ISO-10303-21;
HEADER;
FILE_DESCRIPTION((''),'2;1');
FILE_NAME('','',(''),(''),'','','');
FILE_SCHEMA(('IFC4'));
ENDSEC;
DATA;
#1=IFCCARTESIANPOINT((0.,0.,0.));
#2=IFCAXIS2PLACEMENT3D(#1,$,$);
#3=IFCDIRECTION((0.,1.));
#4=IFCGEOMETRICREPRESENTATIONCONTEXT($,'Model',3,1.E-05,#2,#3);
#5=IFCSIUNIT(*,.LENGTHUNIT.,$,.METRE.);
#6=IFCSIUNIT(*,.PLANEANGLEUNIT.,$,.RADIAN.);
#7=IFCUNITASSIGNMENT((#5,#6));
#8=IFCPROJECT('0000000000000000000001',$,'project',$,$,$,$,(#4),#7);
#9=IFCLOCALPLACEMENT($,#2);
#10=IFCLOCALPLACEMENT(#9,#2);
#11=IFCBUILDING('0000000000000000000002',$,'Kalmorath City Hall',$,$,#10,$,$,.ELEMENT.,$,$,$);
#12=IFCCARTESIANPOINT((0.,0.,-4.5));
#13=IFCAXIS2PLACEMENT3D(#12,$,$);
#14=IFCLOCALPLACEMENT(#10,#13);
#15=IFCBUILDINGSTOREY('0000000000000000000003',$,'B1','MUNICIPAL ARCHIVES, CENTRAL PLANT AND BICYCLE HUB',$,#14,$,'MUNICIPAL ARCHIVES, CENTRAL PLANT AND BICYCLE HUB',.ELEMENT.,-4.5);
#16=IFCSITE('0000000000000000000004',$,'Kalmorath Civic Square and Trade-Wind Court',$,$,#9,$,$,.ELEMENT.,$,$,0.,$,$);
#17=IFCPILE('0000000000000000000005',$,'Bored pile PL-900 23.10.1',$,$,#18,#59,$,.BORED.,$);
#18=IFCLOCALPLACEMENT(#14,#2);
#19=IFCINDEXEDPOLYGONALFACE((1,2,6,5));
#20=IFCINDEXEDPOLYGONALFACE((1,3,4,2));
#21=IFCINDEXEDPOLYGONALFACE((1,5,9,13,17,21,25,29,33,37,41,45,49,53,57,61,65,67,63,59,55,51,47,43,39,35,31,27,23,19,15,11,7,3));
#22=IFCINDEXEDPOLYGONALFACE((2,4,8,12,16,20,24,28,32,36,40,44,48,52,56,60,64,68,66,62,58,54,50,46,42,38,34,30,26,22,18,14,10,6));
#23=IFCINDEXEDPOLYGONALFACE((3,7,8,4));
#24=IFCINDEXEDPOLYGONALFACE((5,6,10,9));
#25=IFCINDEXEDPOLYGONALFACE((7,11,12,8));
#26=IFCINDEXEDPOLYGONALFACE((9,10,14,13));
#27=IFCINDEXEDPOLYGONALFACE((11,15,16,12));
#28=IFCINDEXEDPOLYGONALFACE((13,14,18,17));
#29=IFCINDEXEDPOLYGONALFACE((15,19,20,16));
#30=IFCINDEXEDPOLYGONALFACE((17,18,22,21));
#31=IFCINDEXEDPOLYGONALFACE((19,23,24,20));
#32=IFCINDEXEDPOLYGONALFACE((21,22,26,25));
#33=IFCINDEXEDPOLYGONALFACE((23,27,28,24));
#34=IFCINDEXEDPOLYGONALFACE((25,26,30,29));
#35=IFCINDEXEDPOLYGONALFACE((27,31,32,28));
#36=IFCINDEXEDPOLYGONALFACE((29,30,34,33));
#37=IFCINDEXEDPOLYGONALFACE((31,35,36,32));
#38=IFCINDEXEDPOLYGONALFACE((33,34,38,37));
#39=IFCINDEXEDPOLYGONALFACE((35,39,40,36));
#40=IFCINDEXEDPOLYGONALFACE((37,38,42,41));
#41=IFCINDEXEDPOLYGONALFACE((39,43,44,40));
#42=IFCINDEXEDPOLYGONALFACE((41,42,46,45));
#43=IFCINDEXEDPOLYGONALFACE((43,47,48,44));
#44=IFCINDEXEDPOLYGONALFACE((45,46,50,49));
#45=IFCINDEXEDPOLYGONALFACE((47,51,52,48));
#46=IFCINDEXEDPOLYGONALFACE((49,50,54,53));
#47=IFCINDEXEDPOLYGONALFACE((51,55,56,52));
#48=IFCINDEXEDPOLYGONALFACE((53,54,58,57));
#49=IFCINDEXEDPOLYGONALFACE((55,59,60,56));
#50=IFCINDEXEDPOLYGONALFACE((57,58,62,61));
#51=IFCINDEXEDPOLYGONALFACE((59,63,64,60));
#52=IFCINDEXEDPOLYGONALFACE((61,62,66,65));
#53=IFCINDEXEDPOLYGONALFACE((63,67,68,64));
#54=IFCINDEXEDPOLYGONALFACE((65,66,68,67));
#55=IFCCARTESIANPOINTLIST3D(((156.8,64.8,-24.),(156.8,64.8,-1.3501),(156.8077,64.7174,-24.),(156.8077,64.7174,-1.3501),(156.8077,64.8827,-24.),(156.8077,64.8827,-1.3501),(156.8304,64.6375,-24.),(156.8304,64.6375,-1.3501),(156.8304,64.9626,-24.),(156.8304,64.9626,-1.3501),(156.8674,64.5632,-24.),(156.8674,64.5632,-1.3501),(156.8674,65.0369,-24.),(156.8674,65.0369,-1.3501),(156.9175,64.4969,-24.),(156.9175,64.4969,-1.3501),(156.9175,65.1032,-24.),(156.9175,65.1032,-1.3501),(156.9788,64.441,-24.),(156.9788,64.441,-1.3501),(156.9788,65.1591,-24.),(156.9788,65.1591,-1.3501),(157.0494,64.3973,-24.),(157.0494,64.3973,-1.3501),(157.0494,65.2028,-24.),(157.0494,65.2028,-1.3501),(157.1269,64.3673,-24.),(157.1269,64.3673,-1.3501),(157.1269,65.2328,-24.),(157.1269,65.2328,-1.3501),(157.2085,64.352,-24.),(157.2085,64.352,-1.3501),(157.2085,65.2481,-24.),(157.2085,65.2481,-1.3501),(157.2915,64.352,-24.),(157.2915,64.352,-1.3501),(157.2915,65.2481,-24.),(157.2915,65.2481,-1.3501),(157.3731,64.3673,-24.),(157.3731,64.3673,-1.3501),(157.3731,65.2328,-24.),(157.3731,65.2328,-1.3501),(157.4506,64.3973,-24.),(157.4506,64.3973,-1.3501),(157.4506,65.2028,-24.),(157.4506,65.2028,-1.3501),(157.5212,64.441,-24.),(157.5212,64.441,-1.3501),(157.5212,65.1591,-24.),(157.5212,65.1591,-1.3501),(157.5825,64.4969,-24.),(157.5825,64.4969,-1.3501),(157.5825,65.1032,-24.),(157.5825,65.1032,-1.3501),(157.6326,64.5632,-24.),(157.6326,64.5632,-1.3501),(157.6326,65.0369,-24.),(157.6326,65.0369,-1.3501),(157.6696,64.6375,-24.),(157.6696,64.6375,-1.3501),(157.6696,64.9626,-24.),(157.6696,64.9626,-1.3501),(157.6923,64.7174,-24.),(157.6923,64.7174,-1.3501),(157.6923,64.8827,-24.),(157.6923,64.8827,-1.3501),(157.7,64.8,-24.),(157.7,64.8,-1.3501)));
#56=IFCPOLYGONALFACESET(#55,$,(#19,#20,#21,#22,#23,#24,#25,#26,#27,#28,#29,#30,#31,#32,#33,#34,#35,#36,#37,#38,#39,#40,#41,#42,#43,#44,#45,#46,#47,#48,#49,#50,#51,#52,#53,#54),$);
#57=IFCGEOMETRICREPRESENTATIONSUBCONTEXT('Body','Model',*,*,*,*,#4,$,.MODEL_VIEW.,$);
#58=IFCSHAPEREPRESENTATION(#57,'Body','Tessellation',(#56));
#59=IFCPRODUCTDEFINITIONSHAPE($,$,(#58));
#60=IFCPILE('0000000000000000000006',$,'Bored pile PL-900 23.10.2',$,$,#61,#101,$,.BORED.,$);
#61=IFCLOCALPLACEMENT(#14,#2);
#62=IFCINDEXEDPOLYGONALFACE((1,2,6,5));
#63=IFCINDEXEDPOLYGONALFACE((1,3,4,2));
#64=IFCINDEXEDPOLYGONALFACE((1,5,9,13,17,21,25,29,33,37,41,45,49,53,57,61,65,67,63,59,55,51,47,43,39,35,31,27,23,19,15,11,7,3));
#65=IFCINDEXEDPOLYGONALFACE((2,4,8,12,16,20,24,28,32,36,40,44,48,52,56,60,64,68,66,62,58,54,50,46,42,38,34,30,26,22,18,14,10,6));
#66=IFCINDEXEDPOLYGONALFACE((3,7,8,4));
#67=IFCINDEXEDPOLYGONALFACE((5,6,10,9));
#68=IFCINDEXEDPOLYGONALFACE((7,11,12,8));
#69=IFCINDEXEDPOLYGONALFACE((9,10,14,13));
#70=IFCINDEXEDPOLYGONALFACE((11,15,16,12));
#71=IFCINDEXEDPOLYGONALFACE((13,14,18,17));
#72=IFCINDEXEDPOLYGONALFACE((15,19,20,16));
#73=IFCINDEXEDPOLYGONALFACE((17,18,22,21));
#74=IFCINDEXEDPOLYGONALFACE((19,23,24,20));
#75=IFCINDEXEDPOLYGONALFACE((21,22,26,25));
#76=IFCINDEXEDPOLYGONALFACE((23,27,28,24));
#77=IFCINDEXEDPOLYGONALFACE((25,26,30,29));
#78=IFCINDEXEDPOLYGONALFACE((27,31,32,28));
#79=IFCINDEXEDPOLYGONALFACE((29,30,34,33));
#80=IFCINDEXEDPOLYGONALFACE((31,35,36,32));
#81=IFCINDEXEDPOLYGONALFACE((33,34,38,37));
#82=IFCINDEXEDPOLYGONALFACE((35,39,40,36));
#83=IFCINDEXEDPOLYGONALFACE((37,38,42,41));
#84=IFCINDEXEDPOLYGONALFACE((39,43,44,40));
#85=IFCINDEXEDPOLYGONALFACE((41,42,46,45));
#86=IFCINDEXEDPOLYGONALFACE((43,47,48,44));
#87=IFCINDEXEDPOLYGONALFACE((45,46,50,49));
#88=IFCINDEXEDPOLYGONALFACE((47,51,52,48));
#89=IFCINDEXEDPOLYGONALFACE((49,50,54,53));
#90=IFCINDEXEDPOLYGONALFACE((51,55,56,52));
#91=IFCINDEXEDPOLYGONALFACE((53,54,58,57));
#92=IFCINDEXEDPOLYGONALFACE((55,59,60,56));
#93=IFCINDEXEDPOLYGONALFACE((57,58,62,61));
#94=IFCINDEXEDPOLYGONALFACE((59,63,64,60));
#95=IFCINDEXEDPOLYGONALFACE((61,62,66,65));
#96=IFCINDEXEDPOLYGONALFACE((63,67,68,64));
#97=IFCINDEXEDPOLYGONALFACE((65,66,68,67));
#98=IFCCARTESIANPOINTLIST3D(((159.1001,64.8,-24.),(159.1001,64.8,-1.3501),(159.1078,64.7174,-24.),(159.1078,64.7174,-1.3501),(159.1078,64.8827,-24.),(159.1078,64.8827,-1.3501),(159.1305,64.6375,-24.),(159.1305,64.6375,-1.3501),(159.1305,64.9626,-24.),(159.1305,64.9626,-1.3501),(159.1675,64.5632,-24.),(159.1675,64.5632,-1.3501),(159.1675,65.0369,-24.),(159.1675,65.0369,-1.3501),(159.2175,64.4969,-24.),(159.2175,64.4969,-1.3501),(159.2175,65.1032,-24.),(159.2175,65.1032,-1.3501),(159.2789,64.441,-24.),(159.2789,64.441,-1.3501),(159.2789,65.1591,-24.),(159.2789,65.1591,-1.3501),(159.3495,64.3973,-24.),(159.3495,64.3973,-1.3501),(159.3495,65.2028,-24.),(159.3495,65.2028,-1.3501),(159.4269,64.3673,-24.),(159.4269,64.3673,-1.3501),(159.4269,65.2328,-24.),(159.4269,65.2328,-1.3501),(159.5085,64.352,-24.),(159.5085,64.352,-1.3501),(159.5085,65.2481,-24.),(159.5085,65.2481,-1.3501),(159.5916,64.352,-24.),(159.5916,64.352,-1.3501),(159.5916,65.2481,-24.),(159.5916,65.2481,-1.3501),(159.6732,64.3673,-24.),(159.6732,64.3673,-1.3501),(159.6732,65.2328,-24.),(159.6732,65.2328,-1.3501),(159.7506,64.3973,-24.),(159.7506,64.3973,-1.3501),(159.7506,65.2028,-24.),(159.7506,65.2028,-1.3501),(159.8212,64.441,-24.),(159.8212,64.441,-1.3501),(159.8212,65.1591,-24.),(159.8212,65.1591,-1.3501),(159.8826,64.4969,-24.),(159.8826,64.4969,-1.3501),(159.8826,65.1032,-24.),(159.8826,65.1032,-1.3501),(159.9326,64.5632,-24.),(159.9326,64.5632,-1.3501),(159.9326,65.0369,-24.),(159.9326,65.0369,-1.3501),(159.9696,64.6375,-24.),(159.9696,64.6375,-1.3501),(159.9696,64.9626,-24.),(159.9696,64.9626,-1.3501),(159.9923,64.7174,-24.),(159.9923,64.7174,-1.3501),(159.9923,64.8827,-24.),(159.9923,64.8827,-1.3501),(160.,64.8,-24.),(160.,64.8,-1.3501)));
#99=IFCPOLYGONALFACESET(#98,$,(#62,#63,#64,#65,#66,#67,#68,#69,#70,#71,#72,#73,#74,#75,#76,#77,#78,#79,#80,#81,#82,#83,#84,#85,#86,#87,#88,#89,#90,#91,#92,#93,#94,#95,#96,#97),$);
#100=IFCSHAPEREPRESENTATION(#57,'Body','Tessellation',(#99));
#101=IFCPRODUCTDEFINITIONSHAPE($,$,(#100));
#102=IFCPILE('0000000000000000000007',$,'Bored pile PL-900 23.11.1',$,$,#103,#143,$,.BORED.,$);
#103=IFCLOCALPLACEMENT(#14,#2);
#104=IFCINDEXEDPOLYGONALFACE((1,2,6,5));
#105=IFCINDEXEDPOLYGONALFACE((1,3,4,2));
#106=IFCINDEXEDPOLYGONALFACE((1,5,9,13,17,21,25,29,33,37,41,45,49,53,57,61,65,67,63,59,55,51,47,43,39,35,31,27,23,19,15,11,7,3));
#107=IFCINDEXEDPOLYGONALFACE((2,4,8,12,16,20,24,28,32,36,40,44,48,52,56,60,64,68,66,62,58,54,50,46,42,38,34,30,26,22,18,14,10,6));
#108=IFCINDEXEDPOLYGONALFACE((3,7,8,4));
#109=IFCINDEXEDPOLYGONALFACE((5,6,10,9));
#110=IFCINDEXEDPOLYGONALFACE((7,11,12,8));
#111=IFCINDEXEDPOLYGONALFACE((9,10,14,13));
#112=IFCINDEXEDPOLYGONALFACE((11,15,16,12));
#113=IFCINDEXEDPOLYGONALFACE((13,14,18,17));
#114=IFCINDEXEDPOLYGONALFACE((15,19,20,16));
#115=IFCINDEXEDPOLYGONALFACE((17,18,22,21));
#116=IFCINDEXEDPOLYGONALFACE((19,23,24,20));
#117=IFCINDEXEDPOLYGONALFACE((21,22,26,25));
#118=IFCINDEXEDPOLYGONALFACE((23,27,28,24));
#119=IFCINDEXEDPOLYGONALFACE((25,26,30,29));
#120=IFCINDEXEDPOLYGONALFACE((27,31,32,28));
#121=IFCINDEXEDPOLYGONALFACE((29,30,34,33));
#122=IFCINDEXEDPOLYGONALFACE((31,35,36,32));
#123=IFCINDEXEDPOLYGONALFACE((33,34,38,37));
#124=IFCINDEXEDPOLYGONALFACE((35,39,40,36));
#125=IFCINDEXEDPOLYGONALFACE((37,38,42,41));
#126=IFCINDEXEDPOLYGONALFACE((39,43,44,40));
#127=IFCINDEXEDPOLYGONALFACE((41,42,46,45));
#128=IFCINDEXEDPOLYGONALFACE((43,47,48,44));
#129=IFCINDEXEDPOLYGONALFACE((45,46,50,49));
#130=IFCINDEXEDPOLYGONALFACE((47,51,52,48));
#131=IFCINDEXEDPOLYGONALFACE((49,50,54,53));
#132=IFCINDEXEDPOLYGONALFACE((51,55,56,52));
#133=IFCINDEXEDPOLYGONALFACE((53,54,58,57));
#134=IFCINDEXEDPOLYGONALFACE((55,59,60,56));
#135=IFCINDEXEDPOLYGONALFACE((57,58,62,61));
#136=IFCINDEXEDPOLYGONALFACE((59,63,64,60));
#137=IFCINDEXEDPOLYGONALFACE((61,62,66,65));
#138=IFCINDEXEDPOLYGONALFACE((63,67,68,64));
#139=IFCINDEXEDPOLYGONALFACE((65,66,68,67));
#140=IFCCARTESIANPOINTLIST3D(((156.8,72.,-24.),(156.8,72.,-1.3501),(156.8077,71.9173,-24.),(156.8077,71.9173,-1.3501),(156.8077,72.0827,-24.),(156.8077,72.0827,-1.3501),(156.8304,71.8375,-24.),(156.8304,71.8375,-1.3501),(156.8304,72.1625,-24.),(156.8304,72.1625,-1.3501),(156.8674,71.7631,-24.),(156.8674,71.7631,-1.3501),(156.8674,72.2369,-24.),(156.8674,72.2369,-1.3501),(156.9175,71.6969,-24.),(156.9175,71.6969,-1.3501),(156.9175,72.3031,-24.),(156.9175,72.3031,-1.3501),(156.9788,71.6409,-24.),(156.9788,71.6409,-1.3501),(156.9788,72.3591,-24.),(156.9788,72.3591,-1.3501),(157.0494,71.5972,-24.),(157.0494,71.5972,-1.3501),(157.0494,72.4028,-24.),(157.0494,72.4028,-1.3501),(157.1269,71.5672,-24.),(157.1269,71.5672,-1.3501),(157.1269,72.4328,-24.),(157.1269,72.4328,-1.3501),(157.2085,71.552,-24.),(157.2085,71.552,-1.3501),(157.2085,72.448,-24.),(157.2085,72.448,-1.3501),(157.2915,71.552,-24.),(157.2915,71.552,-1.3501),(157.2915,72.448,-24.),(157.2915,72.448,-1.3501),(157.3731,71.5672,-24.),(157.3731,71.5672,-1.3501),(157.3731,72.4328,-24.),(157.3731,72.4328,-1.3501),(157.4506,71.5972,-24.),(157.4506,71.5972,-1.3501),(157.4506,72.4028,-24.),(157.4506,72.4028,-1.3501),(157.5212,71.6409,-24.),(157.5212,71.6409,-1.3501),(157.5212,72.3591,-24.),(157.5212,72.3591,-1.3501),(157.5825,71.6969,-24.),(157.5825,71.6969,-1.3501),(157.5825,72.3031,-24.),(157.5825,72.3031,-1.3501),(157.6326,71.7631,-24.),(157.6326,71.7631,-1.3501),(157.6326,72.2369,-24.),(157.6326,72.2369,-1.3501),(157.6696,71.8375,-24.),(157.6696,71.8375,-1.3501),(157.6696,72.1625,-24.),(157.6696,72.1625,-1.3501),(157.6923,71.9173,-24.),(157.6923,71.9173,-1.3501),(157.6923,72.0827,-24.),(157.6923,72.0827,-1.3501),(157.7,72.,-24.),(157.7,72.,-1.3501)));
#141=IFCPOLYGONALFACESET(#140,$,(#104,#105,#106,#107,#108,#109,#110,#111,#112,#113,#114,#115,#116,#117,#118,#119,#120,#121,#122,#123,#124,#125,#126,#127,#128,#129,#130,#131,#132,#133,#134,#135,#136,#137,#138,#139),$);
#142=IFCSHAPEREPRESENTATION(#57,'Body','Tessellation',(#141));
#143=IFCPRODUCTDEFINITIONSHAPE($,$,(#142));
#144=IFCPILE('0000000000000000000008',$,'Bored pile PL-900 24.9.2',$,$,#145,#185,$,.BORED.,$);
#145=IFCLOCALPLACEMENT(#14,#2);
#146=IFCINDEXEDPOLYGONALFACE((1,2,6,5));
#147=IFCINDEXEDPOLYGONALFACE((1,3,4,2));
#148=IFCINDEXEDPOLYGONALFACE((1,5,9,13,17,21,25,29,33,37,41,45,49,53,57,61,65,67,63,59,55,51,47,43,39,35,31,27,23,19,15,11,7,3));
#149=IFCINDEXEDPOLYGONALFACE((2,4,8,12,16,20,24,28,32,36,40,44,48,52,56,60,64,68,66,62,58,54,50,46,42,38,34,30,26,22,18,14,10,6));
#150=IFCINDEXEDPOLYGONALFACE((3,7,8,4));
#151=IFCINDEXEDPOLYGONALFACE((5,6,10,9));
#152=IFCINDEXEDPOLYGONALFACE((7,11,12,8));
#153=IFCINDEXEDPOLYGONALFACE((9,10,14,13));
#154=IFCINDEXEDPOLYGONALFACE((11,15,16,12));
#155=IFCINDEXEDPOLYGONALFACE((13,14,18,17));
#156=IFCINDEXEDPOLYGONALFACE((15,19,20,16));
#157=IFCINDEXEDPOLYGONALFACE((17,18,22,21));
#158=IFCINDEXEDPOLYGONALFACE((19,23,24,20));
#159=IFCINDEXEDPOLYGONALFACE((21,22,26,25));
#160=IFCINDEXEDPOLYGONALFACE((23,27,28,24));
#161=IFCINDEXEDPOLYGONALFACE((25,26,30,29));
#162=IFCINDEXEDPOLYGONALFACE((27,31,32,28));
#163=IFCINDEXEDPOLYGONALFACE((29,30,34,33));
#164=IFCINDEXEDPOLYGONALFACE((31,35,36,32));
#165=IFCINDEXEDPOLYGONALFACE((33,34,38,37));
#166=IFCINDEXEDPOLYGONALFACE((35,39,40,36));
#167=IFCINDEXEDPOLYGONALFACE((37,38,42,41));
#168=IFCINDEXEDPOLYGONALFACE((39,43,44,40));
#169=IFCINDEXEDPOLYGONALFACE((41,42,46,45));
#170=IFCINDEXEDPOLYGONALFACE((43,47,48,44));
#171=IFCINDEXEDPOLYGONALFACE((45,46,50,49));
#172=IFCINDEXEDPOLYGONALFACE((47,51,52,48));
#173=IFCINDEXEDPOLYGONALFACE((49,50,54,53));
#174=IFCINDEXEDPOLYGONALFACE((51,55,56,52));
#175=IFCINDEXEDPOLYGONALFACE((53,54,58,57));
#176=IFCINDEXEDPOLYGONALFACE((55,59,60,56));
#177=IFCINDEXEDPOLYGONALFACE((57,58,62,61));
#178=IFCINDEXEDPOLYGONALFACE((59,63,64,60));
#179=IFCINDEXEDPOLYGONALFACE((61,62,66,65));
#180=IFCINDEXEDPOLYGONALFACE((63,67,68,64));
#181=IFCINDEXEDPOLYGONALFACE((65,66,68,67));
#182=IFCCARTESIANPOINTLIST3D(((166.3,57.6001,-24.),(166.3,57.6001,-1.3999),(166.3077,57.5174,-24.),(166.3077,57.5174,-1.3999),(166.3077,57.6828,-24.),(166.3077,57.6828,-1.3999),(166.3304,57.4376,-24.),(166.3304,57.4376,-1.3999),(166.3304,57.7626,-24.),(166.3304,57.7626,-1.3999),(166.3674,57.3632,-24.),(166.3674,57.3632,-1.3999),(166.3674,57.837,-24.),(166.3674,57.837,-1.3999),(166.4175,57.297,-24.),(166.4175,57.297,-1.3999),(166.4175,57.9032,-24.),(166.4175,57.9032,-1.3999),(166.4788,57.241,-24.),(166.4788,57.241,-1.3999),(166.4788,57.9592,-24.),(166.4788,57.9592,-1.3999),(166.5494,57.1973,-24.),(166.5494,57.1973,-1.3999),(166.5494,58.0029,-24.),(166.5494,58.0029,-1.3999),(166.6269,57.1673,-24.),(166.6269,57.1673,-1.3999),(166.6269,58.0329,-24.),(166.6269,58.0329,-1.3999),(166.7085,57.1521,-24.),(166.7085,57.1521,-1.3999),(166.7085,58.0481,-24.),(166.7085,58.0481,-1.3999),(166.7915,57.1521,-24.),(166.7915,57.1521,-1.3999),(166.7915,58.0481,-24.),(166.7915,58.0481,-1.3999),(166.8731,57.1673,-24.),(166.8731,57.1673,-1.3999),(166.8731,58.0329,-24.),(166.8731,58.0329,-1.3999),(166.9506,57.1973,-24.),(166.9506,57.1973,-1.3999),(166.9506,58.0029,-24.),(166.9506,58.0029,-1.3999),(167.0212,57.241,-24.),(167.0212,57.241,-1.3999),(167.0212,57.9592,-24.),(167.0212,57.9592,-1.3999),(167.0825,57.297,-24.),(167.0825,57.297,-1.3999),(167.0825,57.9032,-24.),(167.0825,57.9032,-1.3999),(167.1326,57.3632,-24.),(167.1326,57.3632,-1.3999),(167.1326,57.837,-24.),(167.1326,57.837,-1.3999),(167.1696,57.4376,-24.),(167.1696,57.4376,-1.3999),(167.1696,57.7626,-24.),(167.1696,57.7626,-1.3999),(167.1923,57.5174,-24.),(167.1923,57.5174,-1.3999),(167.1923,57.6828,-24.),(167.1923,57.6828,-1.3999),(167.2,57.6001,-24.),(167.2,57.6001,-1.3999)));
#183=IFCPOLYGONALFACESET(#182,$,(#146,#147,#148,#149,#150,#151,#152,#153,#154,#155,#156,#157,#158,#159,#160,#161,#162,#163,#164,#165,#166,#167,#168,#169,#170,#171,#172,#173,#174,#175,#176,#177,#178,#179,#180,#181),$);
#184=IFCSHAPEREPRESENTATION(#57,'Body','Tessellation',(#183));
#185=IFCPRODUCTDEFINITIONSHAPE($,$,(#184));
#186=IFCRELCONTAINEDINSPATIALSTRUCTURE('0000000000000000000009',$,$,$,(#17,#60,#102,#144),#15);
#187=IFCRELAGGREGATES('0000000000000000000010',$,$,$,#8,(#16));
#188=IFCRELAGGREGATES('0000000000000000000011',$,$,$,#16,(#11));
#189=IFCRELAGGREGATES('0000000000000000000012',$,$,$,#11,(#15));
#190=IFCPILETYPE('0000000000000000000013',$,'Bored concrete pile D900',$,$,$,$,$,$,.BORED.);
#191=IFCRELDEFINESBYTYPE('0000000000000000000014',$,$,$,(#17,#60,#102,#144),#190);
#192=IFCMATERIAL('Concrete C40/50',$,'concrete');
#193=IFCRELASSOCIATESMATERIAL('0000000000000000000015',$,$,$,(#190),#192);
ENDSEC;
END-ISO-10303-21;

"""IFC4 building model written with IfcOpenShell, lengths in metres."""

from ifc_helpers import new_model, si_unit, direction, frame, origin, origin_2d, place, context, subcontext, project, spatial, circle, extrude, material, material_profile, profile_set, type_object, element, save


model = new_model("IFC4")

# Units and contexts
model_context = context("Model", 3, precision=1e-05, world=origin(), true_north=direction((0.0, 1.0)))
body_context = subcontext(model_context, "Body", "Model", "MODEL_VIEW")
ifc_project = project(units=[si_unit("LENGTHUNIT", "METRE"), si_unit("PLANEANGLEUNIT", "RADIAN")], contexts=[model_context])

# Site, building, storey
site_placement = place(None, origin())
site = spatial("IfcSite", under=ifc_project, at=site_placement, Name="Kalmorath Civic Square and Trade-Wind Court", CompositionType="ELEMENT", RefElevation=0.0)
building_placement = place(site_placement, origin())
building = spatial("IfcBuilding", under=site, at=building_placement, Name="Kalmorath City Hall", CompositionType="ELEMENT")
storey_placement = place(building_placement, frame((0.0, 0.0, -4.5)))
storey = spatial("IfcBuildingStorey", under=building, at=storey_placement, Name="B1", Description="MUNICIPAL ARCHIVES, CENTRAL PLANT AND BICYCLE HUB", LongName="MUNICIPAL ARCHIVES, CENTRAL PLANT AND BICYCLE HUB", CompositionType="ELEMENT", Elevation=-4.5)

# Piles
ifc_material_1 = material(Name="Concrete C40/50", Category="concrete")
ifc_material_profile_1 = material_profile(ifc_material_1, circle(Radius=0.45, at=origin_2d()), Name="PILE-D900")
ifc_profile_set_1 = profile_set([ifc_material_profile_1], Name="Concrete C40/50")
pile_type = type_object("IfcPileType", Name="Bored concrete pile D900", PredefinedType="BORED", material=ifc_profile_set_1)
for number, where, z_axis, x_axis, name in (
    (1, (157.25, 64.8, -1.3501), (0.0, 0.0, -1.0), (1.0, 0.0, 0.0), "Bored pile PL-900 23.10.1"),
    (2, (159.55, 64.8, -1.3501), (0.0, 0.0, -1.0), (1.0, 0.0, 0.0), "Bored pile PL-900 23.10.2"),
    (3, (157.25, 72.0, -1.3501), (0.0, 0.0, -1.0), (1.0, 0.0, 0.0), "Bored pile PL-900 23.11.1"),
):
    element("IfcPile", number, at=place(storey_placement, frame(where, z_axis=z_axis, x_axis=x_axis)), inside=storey, type_object=pile_type, Name=name, PredefinedType="BORED", context=body_context, shape_type="SweptSolid", body=[
        extrude(circle(Radius=0.45, at=origin_2d()), origin(), (0.0, 0.0, 1.0), 22.6499),
    ])
for number, where, z_axis, x_axis, name in (
    (4, (166.75, 57.6001, -1.3999), (0.0, 0.0, -1.0), (1.0, 0.0, 0.0), "Bored pile PL-900 24.9.2"),
):
    element("IfcPile", number, at=place(storey_placement, frame(where, z_axis=z_axis, x_axis=x_axis)), inside=storey, type_object=pile_type, Name=name, PredefinedType="BORED", context=body_context, shape_type="SweptSolid", body=[
        extrude(circle(Radius=0.45, at=origin_2d()), origin(), (0.0, 0.0, 1.0), 22.6001),
    ])

save(model, "model.ifc")
